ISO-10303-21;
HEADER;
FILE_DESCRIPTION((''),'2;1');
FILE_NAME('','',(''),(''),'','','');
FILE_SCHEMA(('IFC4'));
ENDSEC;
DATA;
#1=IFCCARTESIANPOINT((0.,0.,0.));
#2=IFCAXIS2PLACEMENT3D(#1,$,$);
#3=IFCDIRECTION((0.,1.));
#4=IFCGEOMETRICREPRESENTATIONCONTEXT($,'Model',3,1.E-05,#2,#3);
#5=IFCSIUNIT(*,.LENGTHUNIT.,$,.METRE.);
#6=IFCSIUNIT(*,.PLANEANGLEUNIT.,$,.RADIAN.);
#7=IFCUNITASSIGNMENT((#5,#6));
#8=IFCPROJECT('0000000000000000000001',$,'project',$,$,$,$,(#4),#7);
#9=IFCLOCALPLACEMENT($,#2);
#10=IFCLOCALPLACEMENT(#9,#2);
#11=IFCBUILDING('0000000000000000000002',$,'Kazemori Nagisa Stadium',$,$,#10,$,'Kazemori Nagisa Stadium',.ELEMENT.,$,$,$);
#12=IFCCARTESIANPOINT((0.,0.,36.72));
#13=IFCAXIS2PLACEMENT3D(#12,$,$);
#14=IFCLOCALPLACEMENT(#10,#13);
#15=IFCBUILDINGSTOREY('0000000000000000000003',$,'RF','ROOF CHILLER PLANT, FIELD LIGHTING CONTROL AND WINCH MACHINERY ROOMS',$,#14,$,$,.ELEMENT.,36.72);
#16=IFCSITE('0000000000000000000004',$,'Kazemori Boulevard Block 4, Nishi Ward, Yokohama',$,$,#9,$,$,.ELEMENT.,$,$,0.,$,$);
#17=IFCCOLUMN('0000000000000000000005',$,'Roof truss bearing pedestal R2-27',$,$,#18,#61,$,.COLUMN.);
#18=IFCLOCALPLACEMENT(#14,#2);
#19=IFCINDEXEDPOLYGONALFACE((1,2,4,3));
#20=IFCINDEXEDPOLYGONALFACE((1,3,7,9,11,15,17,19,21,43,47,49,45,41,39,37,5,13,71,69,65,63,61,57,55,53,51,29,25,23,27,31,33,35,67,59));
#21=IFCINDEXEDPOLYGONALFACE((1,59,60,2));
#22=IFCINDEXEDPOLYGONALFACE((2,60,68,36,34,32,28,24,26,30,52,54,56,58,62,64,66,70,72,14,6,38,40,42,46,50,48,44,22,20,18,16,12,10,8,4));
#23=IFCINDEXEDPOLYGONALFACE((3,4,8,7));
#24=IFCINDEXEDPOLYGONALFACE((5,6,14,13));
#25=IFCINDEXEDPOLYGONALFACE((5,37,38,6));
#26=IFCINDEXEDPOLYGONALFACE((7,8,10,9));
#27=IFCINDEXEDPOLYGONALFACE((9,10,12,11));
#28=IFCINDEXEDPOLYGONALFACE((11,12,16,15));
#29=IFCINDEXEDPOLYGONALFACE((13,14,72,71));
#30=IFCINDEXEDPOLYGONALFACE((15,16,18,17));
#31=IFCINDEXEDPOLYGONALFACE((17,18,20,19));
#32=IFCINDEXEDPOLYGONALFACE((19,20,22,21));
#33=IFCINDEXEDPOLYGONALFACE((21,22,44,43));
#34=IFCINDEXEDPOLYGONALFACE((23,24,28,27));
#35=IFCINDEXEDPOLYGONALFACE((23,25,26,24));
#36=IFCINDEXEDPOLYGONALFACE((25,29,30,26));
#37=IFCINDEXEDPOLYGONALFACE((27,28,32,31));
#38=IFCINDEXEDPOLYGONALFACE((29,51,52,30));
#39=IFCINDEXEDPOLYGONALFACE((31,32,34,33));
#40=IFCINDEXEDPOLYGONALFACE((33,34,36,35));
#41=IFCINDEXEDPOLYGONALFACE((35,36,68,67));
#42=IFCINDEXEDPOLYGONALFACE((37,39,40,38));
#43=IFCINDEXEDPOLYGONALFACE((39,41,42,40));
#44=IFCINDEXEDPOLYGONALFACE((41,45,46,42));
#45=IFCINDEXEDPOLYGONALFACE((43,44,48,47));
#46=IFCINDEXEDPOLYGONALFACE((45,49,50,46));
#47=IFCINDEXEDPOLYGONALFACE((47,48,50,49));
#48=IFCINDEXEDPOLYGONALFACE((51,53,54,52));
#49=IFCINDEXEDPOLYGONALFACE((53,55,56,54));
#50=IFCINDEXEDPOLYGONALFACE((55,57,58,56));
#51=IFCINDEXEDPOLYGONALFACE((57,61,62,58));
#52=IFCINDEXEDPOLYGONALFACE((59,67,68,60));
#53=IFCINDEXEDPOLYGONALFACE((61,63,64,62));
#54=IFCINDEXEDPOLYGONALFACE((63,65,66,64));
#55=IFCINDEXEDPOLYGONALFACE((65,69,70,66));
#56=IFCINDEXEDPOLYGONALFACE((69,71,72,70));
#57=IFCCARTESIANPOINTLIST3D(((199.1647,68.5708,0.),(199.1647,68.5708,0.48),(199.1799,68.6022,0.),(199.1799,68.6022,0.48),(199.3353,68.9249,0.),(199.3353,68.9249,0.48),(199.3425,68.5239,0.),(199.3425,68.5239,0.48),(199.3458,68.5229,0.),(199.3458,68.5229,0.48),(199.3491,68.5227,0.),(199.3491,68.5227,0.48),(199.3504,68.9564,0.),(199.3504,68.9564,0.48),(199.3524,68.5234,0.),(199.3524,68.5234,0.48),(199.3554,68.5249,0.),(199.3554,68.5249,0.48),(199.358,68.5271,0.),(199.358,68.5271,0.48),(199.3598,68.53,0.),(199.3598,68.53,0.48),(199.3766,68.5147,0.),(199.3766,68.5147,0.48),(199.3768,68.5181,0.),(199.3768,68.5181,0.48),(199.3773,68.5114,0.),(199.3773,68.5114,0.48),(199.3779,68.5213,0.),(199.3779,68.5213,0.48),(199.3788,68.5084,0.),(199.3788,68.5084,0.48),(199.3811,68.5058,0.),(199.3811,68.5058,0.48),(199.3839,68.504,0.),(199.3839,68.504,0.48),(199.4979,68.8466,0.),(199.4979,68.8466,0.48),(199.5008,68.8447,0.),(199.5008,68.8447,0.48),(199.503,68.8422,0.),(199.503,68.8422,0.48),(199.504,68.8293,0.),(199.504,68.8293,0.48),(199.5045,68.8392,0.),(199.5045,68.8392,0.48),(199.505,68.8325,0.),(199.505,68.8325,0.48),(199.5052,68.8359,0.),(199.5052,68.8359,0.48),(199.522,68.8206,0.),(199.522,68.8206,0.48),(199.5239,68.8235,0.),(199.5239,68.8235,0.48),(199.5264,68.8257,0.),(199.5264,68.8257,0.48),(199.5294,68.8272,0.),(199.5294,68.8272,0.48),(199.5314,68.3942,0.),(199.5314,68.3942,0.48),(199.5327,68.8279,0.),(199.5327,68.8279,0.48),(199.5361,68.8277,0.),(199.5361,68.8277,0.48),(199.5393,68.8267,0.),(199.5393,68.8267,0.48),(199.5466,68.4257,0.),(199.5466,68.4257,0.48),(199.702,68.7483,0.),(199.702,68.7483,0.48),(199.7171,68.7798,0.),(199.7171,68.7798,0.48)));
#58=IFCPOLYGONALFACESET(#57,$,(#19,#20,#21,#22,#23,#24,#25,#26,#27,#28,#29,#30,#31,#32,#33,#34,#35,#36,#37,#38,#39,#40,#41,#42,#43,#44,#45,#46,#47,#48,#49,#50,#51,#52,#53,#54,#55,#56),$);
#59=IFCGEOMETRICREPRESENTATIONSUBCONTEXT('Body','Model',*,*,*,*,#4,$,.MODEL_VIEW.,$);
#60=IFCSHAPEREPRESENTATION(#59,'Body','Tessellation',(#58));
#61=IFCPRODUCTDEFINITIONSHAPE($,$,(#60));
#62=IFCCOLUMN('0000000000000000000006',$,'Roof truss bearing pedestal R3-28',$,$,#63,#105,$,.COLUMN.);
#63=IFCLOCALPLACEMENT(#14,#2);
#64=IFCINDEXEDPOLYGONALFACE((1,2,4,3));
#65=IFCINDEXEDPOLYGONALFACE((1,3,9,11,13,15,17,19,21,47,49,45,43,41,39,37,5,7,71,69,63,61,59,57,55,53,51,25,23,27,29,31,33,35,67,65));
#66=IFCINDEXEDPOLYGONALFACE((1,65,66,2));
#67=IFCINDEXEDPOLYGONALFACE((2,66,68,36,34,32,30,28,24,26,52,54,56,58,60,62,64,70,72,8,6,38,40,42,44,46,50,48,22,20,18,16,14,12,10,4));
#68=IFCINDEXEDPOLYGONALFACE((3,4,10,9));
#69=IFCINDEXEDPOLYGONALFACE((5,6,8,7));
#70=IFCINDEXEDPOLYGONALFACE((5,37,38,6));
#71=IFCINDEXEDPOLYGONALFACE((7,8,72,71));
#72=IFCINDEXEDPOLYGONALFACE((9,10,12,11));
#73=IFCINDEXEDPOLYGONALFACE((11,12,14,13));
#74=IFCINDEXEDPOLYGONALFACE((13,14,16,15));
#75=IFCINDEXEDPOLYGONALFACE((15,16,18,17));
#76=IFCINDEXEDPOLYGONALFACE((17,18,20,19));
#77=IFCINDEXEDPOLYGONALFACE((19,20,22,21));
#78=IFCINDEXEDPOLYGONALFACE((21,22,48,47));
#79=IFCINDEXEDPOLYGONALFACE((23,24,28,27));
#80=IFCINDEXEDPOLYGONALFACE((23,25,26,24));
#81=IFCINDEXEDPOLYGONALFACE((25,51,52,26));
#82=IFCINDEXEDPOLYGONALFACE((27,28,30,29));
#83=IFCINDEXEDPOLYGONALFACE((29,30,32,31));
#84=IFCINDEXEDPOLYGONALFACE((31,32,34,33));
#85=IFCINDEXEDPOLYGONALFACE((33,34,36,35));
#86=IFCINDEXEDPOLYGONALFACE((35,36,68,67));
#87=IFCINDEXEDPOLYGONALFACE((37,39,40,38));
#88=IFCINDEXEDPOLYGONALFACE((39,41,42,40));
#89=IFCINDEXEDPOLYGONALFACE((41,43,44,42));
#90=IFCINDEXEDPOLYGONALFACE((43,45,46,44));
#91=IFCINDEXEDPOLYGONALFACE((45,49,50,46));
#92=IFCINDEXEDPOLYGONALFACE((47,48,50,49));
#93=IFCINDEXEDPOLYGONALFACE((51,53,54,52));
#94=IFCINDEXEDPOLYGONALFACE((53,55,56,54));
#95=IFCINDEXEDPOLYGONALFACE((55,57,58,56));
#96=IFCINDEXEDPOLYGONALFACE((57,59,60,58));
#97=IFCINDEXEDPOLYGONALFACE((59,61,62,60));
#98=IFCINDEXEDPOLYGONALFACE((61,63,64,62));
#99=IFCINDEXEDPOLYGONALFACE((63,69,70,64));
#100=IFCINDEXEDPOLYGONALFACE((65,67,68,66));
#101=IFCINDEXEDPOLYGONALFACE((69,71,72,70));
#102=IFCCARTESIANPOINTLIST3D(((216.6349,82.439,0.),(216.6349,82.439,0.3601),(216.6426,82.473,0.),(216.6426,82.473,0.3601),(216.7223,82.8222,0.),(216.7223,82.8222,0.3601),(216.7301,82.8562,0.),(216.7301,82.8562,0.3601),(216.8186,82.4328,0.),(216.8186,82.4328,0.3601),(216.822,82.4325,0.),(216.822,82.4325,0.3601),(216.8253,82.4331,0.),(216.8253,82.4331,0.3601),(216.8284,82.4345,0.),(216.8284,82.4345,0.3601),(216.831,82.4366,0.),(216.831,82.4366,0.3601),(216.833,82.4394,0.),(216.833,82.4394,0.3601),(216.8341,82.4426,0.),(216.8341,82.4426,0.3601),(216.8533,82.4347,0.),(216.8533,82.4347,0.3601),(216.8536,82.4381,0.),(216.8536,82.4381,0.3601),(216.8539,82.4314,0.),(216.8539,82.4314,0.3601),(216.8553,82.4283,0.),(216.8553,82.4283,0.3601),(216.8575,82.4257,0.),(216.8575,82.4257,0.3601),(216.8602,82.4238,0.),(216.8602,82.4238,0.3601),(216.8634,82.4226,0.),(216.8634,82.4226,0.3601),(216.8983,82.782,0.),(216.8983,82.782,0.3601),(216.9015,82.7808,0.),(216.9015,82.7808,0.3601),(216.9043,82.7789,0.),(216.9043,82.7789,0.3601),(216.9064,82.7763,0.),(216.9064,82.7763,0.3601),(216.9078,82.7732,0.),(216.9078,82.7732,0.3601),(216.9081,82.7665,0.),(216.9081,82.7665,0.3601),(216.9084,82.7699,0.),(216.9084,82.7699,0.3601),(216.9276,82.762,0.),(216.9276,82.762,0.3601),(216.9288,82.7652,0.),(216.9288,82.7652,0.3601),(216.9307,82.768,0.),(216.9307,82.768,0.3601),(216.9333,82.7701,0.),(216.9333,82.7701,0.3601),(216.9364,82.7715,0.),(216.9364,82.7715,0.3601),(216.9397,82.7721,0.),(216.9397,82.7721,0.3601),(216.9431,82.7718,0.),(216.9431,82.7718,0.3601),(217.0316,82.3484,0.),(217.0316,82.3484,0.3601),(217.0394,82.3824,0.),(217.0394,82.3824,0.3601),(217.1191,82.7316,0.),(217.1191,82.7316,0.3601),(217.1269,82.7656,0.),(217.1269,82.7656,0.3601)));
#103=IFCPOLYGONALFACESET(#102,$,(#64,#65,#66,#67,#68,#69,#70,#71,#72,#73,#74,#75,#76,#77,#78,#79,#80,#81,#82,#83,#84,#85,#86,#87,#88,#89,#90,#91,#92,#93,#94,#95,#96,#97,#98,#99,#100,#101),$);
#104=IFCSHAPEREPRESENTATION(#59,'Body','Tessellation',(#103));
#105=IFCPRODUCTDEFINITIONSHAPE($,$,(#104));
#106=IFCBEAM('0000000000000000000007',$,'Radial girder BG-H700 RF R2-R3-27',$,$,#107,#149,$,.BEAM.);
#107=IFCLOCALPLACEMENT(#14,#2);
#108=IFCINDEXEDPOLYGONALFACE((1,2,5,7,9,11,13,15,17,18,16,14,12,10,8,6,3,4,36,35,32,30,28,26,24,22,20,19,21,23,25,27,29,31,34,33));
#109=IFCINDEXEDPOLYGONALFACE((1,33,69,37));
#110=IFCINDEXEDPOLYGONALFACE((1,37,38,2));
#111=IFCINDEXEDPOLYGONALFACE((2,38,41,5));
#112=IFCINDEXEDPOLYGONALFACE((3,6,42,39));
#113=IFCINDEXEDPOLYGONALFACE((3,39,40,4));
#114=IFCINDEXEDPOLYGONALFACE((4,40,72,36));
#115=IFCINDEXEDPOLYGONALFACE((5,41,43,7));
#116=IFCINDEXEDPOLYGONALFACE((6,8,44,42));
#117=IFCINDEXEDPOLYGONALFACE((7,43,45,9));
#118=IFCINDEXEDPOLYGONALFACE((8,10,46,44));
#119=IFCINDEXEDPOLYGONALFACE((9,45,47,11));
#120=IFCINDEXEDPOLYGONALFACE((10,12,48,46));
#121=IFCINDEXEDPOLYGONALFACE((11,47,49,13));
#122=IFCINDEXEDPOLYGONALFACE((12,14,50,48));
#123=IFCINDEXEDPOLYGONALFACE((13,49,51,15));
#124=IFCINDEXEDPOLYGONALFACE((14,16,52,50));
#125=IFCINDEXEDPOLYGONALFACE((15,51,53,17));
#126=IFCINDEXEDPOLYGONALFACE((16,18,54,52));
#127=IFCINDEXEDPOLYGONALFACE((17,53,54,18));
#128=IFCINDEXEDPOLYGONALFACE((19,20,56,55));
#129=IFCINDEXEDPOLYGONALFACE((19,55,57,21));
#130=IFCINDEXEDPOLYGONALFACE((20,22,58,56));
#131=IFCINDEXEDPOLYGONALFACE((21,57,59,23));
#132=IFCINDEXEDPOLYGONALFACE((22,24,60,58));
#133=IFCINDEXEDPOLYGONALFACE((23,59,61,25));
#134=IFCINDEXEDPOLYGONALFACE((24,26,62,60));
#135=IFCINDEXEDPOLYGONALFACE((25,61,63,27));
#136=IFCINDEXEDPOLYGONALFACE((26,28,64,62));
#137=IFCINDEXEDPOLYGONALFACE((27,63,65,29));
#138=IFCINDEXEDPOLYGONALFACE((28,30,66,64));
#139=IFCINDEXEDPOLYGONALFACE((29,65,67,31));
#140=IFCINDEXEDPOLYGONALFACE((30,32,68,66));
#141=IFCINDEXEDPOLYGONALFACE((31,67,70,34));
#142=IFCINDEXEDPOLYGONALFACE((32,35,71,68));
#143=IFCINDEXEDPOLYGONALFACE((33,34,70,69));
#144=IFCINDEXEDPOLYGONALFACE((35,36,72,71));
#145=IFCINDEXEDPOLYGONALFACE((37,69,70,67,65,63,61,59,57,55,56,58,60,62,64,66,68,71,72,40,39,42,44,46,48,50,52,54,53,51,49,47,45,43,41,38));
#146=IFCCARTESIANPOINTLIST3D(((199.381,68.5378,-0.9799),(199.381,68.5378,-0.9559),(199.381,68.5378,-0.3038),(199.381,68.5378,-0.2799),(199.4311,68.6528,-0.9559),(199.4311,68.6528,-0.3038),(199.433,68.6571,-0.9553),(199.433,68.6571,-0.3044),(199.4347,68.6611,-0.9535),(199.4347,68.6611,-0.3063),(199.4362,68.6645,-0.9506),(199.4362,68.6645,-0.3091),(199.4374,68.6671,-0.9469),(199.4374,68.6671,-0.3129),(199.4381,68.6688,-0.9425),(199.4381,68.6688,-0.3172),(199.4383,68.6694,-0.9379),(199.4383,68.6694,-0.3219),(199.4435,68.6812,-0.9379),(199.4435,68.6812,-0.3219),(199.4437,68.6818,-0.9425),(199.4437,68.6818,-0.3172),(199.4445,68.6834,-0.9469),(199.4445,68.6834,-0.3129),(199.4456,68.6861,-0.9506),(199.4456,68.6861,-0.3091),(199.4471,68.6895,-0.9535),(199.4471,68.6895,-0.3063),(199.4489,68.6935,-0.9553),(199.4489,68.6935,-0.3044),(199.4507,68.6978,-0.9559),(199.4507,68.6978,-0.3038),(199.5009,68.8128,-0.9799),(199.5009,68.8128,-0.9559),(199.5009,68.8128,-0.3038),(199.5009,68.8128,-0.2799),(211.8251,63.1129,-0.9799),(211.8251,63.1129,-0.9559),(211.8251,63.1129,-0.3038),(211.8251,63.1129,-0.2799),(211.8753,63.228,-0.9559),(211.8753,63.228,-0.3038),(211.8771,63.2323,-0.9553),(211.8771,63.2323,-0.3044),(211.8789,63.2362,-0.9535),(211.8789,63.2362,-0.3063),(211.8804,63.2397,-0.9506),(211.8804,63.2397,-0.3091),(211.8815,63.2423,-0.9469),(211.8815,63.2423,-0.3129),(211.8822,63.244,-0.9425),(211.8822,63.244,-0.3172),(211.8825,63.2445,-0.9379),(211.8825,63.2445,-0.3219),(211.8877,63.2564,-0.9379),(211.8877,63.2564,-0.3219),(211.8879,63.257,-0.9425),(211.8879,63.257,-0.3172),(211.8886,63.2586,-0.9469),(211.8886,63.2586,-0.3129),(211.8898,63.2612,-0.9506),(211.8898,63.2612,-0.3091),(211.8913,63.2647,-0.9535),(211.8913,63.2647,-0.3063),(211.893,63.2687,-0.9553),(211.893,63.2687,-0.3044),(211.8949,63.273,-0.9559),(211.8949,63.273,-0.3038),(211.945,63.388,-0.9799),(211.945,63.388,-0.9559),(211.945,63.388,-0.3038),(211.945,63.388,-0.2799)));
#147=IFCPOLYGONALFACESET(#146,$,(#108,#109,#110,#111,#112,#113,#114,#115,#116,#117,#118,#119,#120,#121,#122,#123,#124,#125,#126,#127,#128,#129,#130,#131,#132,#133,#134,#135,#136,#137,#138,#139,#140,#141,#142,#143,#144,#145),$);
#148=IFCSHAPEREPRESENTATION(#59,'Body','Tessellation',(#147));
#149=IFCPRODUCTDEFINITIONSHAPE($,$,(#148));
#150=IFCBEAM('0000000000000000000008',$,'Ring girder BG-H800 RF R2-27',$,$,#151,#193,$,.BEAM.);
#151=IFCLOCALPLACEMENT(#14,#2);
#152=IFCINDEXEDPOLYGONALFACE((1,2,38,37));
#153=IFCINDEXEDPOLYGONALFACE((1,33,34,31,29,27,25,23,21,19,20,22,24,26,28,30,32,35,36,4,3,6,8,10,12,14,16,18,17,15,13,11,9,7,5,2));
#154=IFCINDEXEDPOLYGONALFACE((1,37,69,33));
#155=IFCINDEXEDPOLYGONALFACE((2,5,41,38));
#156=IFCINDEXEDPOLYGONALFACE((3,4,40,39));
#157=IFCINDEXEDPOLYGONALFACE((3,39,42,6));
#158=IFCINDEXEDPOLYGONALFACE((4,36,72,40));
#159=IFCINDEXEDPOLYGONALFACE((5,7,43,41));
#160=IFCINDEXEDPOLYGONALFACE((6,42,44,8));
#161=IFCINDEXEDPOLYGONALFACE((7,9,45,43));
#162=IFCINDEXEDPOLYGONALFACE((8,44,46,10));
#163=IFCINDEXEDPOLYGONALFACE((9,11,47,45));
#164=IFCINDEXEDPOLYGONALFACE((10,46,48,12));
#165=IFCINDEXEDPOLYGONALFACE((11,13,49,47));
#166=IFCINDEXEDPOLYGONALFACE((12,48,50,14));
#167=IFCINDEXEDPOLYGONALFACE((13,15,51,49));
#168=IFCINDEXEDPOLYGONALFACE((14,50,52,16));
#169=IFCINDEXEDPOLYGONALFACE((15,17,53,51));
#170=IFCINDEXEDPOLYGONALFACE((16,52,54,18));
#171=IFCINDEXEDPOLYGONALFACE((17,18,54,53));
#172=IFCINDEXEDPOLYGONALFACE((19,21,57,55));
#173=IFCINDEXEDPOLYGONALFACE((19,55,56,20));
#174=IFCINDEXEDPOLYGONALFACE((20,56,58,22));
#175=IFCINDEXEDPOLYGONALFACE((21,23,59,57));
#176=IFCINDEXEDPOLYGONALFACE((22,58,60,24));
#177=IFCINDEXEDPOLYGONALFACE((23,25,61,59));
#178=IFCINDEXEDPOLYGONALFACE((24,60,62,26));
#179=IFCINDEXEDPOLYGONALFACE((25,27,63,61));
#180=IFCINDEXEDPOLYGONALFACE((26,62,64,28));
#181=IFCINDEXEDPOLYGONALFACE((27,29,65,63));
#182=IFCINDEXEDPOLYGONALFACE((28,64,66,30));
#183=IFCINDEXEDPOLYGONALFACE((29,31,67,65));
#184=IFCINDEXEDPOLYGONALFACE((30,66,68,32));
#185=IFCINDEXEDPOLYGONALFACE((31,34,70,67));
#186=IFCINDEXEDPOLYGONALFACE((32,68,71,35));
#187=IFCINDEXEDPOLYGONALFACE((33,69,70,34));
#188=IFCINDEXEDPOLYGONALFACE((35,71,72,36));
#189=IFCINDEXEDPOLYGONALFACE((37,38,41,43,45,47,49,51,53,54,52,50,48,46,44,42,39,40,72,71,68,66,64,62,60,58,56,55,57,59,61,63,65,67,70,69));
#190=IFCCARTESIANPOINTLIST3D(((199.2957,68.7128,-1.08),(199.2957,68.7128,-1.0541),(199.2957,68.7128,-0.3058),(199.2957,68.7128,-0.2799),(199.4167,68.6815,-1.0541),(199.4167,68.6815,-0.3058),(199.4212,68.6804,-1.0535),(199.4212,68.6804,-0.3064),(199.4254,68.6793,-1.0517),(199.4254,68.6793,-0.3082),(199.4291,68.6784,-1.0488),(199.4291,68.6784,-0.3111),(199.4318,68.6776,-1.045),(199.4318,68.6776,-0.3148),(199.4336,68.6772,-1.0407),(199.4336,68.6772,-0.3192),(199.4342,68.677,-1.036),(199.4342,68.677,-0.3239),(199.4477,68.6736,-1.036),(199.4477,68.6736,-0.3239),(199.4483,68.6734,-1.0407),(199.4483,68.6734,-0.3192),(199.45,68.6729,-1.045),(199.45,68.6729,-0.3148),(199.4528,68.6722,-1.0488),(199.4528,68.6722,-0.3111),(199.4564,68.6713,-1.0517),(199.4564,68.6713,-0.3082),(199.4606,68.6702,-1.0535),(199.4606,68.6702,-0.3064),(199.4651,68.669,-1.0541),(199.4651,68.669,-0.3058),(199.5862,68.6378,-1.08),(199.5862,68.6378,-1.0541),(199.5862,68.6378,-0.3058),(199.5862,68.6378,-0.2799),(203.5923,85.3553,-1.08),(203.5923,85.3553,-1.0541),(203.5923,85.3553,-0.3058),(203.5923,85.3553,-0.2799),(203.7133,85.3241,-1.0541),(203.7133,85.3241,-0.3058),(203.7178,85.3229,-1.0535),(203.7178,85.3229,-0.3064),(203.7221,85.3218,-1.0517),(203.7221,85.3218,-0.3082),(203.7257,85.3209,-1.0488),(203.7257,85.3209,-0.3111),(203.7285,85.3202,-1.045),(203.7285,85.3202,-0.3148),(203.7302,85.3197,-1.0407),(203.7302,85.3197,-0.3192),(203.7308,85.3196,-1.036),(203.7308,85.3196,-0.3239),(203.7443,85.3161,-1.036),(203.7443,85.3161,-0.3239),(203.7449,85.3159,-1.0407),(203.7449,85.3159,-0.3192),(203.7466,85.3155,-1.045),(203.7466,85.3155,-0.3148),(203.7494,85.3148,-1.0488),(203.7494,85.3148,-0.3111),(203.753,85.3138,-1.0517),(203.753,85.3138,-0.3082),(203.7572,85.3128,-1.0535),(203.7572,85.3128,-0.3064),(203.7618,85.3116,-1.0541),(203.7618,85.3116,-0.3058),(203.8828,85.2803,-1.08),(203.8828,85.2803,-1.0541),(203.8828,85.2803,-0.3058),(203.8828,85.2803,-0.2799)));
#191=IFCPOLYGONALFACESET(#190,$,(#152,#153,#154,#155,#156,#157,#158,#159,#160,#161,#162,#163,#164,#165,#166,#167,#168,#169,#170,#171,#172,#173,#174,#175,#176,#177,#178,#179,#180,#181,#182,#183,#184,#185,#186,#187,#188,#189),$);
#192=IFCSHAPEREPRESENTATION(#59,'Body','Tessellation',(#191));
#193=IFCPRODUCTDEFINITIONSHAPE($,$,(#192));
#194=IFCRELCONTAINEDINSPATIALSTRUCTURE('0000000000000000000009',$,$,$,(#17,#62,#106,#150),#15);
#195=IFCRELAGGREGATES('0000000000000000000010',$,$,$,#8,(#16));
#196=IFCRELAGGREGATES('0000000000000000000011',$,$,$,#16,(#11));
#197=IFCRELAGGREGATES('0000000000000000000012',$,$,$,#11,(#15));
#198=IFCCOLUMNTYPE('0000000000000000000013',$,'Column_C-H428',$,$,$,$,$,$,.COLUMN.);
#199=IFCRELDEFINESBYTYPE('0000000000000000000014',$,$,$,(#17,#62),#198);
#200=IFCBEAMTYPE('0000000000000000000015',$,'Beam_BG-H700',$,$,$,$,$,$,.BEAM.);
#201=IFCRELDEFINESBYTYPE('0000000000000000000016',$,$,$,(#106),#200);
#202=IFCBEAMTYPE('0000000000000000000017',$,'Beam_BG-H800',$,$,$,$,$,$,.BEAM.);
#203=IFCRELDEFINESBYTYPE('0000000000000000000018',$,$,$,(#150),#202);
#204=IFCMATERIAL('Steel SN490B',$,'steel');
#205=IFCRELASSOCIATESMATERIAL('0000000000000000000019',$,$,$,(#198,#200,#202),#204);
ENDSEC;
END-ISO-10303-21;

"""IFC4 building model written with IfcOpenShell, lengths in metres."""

from ifc_helpers import new_model, si_unit, direction, frame, origin, origin_2d, place, context, subcontext, project, spatial, i_section, extrude, material, material_profile, profile_set, type_object, element, save


model = new_model("IFC4")

# Units and contexts
model_context = context("Model", 3, precision=1e-05, world=origin(), true_north=direction((0.0, 1.0)))
body_context = subcontext(model_context, "Body", "Model", "MODEL_VIEW")
ifc_project = project(units=[si_unit("LENGTHUNIT", "METRE"), si_unit("PLANEANGLEUNIT", "RADIAN")], contexts=[model_context])

# Site, building, storey
site_placement = place(None, origin())
site = spatial("IfcSite", under=ifc_project, at=site_placement, Name="Kazemori Boulevard Block 4, Nishi Ward, Yokohama", CompositionType="ELEMENT", RefElevation=0.0)
building_placement = place(site_placement, origin())
building = spatial("IfcBuilding", under=site, at=building_placement, Name="Kazemori Nagisa Stadium", LongName="Kazemori Nagisa Stadium", CompositionType="ELEMENT")
storey_placement = place(building_placement, frame((0.0, 0.0, 36.72)))
storey = spatial("IfcBuildingStorey", under=building, at=storey_placement, Name="RF", Description="ROOF CHILLER PLANT, FIELD LIGHTING CONTROL AND WINCH MACHINERY ROOMS", CompositionType="ELEMENT", Elevation=36.72)

# Columns
ifc_material_1 = material(Name="Steel SN490B", Category="steel")
ifc_material_profile_1 = material_profile(ifc_material_1, i_section(OverallWidth=0.407, OverallDepth=0.428, WebThickness=0.02, FlangeThickness=0.0349, FilletRadius=0.0129, at=origin_2d()), Name="H-428x407x20x35")
ifc_profile_set_1 = profile_set([ifc_material_profile_1], Name="Steel SN490B")
column_type = type_object("IfcColumnType", Name="Column_C-H428", PredefinedType="COLUMN", material=ifc_profile_set_1)
column_1_placement = place(storey_placement, frame((199.4409, 68.6753, 0.0), z_axis=(0.0, 0.0, 1.0), x_axis=(0.900969, -0.433884, 0.0)))
element("IfcColumn", 1, at=column_1_placement, inside=storey, type_object=column_type, Name="Roof truss bearing pedestal R2-27", PredefinedType="COLUMN", context=body_context, shape_type="SweptSolid", body=[
    extrude(i_section(OverallWidth=0.407, OverallDepth=0.428, WebThickness=0.02, FlangeThickness=0.0349, FilletRadius=0.0129, at=origin_2d()), origin(), (0.0, 0.0, 1.0), 0.48),
])
column_2_placement = place(storey_placement, frame((216.8809, 82.6023, 0.0), z_axis=(0.0, 0.0, 1.0), x_axis=(0.974928, -0.222521, 0.0)))
element("IfcColumn", 2, at=column_2_placement, inside=storey, type_object=column_type, Name="Roof truss bearing pedestal R3-28", PredefinedType="COLUMN", context=body_context, shape_type="SweptSolid", body=[
    extrude(i_section(OverallWidth=0.407, OverallDepth=0.428, WebThickness=0.02, FlangeThickness=0.0349, FilletRadius=0.0129, at=origin_2d()), origin(), (0.0, 0.0, 1.0), 0.3601),
])

# Beams
ifc_material_profile_2 = material_profile(ifc_material_1, i_section(OverallWidth=0.3, OverallDepth=0.7, WebThickness=0.0129, FlangeThickness=0.0239, FilletRadius=0.0181, at=origin_2d()), Name="H-700x300x13x24")
ifc_profile_set_2 = profile_set([ifc_material_profile_2], Name="Steel SN490B")
beam_type_1 = type_object("IfcBeamType", Name="Beam_BG-H700", PredefinedType="BEAM", material=ifc_profile_set_2)
beam_1_placement = place(storey_placement, frame((199.4409, 68.6753, -0.6299), z_axis=(0.916684, -0.399614, 0.0), x_axis=(0.399614, 0.916684, 0.0)))
element("IfcBeam", 3, at=beam_1_placement, inside=storey, type_object=beam_type_1, Name="Radial girder BG-H700 RF R2-R3-27", PredefinedType="BEAM", context=body_context, shape_type="SweptSolid", body=[
    extrude(i_section(OverallWidth=0.3, OverallDepth=0.7, WebThickness=0.0129, FlangeThickness=0.0239, FilletRadius=0.0181, at=origin_2d()), origin(), (0.0, 0.0, 1.0), 13.5752),
])
ifc_material_profile_3 = material_profile(ifc_material_1, i_section(OverallWidth=0.3, OverallDepth=0.8, WebThickness=0.0139, FlangeThickness=0.0259, FilletRadius=0.0181, at=origin_2d()), Name="H-800x300x14x26")
ifc_profile_set_3 = profile_set([ifc_material_profile_3], Name="Steel SN490B")
beam_type_2 = type_object("IfcBeamType", Name="Beam_BG-H800", PredefinedType="BEAM", material=ifc_profile_set_3)
beam_2_placement = place(storey_placement, frame((199.4409, 68.6753, -0.6799), z_axis=(0.249975, 0.968252, 0.0), x_axis=(-0.968252, 0.249975, 0.0)))
element("IfcBeam", 4, at=beam_2_placement, inside=storey, type_object=beam_type_2, Name="Ring girder BG-H800 RF R2-27", PredefinedType="BEAM", context=body_context, shape_type="SweptSolid", body=[
    extrude(i_section(OverallWidth=0.3, OverallDepth=0.8, WebThickness=0.0139, FlangeThickness=0.0259, FilletRadius=0.0181, at=origin_2d()), origin(), (0.0, 0.0, 1.0), 17.1882),
])

save(model, "model.ifc")
